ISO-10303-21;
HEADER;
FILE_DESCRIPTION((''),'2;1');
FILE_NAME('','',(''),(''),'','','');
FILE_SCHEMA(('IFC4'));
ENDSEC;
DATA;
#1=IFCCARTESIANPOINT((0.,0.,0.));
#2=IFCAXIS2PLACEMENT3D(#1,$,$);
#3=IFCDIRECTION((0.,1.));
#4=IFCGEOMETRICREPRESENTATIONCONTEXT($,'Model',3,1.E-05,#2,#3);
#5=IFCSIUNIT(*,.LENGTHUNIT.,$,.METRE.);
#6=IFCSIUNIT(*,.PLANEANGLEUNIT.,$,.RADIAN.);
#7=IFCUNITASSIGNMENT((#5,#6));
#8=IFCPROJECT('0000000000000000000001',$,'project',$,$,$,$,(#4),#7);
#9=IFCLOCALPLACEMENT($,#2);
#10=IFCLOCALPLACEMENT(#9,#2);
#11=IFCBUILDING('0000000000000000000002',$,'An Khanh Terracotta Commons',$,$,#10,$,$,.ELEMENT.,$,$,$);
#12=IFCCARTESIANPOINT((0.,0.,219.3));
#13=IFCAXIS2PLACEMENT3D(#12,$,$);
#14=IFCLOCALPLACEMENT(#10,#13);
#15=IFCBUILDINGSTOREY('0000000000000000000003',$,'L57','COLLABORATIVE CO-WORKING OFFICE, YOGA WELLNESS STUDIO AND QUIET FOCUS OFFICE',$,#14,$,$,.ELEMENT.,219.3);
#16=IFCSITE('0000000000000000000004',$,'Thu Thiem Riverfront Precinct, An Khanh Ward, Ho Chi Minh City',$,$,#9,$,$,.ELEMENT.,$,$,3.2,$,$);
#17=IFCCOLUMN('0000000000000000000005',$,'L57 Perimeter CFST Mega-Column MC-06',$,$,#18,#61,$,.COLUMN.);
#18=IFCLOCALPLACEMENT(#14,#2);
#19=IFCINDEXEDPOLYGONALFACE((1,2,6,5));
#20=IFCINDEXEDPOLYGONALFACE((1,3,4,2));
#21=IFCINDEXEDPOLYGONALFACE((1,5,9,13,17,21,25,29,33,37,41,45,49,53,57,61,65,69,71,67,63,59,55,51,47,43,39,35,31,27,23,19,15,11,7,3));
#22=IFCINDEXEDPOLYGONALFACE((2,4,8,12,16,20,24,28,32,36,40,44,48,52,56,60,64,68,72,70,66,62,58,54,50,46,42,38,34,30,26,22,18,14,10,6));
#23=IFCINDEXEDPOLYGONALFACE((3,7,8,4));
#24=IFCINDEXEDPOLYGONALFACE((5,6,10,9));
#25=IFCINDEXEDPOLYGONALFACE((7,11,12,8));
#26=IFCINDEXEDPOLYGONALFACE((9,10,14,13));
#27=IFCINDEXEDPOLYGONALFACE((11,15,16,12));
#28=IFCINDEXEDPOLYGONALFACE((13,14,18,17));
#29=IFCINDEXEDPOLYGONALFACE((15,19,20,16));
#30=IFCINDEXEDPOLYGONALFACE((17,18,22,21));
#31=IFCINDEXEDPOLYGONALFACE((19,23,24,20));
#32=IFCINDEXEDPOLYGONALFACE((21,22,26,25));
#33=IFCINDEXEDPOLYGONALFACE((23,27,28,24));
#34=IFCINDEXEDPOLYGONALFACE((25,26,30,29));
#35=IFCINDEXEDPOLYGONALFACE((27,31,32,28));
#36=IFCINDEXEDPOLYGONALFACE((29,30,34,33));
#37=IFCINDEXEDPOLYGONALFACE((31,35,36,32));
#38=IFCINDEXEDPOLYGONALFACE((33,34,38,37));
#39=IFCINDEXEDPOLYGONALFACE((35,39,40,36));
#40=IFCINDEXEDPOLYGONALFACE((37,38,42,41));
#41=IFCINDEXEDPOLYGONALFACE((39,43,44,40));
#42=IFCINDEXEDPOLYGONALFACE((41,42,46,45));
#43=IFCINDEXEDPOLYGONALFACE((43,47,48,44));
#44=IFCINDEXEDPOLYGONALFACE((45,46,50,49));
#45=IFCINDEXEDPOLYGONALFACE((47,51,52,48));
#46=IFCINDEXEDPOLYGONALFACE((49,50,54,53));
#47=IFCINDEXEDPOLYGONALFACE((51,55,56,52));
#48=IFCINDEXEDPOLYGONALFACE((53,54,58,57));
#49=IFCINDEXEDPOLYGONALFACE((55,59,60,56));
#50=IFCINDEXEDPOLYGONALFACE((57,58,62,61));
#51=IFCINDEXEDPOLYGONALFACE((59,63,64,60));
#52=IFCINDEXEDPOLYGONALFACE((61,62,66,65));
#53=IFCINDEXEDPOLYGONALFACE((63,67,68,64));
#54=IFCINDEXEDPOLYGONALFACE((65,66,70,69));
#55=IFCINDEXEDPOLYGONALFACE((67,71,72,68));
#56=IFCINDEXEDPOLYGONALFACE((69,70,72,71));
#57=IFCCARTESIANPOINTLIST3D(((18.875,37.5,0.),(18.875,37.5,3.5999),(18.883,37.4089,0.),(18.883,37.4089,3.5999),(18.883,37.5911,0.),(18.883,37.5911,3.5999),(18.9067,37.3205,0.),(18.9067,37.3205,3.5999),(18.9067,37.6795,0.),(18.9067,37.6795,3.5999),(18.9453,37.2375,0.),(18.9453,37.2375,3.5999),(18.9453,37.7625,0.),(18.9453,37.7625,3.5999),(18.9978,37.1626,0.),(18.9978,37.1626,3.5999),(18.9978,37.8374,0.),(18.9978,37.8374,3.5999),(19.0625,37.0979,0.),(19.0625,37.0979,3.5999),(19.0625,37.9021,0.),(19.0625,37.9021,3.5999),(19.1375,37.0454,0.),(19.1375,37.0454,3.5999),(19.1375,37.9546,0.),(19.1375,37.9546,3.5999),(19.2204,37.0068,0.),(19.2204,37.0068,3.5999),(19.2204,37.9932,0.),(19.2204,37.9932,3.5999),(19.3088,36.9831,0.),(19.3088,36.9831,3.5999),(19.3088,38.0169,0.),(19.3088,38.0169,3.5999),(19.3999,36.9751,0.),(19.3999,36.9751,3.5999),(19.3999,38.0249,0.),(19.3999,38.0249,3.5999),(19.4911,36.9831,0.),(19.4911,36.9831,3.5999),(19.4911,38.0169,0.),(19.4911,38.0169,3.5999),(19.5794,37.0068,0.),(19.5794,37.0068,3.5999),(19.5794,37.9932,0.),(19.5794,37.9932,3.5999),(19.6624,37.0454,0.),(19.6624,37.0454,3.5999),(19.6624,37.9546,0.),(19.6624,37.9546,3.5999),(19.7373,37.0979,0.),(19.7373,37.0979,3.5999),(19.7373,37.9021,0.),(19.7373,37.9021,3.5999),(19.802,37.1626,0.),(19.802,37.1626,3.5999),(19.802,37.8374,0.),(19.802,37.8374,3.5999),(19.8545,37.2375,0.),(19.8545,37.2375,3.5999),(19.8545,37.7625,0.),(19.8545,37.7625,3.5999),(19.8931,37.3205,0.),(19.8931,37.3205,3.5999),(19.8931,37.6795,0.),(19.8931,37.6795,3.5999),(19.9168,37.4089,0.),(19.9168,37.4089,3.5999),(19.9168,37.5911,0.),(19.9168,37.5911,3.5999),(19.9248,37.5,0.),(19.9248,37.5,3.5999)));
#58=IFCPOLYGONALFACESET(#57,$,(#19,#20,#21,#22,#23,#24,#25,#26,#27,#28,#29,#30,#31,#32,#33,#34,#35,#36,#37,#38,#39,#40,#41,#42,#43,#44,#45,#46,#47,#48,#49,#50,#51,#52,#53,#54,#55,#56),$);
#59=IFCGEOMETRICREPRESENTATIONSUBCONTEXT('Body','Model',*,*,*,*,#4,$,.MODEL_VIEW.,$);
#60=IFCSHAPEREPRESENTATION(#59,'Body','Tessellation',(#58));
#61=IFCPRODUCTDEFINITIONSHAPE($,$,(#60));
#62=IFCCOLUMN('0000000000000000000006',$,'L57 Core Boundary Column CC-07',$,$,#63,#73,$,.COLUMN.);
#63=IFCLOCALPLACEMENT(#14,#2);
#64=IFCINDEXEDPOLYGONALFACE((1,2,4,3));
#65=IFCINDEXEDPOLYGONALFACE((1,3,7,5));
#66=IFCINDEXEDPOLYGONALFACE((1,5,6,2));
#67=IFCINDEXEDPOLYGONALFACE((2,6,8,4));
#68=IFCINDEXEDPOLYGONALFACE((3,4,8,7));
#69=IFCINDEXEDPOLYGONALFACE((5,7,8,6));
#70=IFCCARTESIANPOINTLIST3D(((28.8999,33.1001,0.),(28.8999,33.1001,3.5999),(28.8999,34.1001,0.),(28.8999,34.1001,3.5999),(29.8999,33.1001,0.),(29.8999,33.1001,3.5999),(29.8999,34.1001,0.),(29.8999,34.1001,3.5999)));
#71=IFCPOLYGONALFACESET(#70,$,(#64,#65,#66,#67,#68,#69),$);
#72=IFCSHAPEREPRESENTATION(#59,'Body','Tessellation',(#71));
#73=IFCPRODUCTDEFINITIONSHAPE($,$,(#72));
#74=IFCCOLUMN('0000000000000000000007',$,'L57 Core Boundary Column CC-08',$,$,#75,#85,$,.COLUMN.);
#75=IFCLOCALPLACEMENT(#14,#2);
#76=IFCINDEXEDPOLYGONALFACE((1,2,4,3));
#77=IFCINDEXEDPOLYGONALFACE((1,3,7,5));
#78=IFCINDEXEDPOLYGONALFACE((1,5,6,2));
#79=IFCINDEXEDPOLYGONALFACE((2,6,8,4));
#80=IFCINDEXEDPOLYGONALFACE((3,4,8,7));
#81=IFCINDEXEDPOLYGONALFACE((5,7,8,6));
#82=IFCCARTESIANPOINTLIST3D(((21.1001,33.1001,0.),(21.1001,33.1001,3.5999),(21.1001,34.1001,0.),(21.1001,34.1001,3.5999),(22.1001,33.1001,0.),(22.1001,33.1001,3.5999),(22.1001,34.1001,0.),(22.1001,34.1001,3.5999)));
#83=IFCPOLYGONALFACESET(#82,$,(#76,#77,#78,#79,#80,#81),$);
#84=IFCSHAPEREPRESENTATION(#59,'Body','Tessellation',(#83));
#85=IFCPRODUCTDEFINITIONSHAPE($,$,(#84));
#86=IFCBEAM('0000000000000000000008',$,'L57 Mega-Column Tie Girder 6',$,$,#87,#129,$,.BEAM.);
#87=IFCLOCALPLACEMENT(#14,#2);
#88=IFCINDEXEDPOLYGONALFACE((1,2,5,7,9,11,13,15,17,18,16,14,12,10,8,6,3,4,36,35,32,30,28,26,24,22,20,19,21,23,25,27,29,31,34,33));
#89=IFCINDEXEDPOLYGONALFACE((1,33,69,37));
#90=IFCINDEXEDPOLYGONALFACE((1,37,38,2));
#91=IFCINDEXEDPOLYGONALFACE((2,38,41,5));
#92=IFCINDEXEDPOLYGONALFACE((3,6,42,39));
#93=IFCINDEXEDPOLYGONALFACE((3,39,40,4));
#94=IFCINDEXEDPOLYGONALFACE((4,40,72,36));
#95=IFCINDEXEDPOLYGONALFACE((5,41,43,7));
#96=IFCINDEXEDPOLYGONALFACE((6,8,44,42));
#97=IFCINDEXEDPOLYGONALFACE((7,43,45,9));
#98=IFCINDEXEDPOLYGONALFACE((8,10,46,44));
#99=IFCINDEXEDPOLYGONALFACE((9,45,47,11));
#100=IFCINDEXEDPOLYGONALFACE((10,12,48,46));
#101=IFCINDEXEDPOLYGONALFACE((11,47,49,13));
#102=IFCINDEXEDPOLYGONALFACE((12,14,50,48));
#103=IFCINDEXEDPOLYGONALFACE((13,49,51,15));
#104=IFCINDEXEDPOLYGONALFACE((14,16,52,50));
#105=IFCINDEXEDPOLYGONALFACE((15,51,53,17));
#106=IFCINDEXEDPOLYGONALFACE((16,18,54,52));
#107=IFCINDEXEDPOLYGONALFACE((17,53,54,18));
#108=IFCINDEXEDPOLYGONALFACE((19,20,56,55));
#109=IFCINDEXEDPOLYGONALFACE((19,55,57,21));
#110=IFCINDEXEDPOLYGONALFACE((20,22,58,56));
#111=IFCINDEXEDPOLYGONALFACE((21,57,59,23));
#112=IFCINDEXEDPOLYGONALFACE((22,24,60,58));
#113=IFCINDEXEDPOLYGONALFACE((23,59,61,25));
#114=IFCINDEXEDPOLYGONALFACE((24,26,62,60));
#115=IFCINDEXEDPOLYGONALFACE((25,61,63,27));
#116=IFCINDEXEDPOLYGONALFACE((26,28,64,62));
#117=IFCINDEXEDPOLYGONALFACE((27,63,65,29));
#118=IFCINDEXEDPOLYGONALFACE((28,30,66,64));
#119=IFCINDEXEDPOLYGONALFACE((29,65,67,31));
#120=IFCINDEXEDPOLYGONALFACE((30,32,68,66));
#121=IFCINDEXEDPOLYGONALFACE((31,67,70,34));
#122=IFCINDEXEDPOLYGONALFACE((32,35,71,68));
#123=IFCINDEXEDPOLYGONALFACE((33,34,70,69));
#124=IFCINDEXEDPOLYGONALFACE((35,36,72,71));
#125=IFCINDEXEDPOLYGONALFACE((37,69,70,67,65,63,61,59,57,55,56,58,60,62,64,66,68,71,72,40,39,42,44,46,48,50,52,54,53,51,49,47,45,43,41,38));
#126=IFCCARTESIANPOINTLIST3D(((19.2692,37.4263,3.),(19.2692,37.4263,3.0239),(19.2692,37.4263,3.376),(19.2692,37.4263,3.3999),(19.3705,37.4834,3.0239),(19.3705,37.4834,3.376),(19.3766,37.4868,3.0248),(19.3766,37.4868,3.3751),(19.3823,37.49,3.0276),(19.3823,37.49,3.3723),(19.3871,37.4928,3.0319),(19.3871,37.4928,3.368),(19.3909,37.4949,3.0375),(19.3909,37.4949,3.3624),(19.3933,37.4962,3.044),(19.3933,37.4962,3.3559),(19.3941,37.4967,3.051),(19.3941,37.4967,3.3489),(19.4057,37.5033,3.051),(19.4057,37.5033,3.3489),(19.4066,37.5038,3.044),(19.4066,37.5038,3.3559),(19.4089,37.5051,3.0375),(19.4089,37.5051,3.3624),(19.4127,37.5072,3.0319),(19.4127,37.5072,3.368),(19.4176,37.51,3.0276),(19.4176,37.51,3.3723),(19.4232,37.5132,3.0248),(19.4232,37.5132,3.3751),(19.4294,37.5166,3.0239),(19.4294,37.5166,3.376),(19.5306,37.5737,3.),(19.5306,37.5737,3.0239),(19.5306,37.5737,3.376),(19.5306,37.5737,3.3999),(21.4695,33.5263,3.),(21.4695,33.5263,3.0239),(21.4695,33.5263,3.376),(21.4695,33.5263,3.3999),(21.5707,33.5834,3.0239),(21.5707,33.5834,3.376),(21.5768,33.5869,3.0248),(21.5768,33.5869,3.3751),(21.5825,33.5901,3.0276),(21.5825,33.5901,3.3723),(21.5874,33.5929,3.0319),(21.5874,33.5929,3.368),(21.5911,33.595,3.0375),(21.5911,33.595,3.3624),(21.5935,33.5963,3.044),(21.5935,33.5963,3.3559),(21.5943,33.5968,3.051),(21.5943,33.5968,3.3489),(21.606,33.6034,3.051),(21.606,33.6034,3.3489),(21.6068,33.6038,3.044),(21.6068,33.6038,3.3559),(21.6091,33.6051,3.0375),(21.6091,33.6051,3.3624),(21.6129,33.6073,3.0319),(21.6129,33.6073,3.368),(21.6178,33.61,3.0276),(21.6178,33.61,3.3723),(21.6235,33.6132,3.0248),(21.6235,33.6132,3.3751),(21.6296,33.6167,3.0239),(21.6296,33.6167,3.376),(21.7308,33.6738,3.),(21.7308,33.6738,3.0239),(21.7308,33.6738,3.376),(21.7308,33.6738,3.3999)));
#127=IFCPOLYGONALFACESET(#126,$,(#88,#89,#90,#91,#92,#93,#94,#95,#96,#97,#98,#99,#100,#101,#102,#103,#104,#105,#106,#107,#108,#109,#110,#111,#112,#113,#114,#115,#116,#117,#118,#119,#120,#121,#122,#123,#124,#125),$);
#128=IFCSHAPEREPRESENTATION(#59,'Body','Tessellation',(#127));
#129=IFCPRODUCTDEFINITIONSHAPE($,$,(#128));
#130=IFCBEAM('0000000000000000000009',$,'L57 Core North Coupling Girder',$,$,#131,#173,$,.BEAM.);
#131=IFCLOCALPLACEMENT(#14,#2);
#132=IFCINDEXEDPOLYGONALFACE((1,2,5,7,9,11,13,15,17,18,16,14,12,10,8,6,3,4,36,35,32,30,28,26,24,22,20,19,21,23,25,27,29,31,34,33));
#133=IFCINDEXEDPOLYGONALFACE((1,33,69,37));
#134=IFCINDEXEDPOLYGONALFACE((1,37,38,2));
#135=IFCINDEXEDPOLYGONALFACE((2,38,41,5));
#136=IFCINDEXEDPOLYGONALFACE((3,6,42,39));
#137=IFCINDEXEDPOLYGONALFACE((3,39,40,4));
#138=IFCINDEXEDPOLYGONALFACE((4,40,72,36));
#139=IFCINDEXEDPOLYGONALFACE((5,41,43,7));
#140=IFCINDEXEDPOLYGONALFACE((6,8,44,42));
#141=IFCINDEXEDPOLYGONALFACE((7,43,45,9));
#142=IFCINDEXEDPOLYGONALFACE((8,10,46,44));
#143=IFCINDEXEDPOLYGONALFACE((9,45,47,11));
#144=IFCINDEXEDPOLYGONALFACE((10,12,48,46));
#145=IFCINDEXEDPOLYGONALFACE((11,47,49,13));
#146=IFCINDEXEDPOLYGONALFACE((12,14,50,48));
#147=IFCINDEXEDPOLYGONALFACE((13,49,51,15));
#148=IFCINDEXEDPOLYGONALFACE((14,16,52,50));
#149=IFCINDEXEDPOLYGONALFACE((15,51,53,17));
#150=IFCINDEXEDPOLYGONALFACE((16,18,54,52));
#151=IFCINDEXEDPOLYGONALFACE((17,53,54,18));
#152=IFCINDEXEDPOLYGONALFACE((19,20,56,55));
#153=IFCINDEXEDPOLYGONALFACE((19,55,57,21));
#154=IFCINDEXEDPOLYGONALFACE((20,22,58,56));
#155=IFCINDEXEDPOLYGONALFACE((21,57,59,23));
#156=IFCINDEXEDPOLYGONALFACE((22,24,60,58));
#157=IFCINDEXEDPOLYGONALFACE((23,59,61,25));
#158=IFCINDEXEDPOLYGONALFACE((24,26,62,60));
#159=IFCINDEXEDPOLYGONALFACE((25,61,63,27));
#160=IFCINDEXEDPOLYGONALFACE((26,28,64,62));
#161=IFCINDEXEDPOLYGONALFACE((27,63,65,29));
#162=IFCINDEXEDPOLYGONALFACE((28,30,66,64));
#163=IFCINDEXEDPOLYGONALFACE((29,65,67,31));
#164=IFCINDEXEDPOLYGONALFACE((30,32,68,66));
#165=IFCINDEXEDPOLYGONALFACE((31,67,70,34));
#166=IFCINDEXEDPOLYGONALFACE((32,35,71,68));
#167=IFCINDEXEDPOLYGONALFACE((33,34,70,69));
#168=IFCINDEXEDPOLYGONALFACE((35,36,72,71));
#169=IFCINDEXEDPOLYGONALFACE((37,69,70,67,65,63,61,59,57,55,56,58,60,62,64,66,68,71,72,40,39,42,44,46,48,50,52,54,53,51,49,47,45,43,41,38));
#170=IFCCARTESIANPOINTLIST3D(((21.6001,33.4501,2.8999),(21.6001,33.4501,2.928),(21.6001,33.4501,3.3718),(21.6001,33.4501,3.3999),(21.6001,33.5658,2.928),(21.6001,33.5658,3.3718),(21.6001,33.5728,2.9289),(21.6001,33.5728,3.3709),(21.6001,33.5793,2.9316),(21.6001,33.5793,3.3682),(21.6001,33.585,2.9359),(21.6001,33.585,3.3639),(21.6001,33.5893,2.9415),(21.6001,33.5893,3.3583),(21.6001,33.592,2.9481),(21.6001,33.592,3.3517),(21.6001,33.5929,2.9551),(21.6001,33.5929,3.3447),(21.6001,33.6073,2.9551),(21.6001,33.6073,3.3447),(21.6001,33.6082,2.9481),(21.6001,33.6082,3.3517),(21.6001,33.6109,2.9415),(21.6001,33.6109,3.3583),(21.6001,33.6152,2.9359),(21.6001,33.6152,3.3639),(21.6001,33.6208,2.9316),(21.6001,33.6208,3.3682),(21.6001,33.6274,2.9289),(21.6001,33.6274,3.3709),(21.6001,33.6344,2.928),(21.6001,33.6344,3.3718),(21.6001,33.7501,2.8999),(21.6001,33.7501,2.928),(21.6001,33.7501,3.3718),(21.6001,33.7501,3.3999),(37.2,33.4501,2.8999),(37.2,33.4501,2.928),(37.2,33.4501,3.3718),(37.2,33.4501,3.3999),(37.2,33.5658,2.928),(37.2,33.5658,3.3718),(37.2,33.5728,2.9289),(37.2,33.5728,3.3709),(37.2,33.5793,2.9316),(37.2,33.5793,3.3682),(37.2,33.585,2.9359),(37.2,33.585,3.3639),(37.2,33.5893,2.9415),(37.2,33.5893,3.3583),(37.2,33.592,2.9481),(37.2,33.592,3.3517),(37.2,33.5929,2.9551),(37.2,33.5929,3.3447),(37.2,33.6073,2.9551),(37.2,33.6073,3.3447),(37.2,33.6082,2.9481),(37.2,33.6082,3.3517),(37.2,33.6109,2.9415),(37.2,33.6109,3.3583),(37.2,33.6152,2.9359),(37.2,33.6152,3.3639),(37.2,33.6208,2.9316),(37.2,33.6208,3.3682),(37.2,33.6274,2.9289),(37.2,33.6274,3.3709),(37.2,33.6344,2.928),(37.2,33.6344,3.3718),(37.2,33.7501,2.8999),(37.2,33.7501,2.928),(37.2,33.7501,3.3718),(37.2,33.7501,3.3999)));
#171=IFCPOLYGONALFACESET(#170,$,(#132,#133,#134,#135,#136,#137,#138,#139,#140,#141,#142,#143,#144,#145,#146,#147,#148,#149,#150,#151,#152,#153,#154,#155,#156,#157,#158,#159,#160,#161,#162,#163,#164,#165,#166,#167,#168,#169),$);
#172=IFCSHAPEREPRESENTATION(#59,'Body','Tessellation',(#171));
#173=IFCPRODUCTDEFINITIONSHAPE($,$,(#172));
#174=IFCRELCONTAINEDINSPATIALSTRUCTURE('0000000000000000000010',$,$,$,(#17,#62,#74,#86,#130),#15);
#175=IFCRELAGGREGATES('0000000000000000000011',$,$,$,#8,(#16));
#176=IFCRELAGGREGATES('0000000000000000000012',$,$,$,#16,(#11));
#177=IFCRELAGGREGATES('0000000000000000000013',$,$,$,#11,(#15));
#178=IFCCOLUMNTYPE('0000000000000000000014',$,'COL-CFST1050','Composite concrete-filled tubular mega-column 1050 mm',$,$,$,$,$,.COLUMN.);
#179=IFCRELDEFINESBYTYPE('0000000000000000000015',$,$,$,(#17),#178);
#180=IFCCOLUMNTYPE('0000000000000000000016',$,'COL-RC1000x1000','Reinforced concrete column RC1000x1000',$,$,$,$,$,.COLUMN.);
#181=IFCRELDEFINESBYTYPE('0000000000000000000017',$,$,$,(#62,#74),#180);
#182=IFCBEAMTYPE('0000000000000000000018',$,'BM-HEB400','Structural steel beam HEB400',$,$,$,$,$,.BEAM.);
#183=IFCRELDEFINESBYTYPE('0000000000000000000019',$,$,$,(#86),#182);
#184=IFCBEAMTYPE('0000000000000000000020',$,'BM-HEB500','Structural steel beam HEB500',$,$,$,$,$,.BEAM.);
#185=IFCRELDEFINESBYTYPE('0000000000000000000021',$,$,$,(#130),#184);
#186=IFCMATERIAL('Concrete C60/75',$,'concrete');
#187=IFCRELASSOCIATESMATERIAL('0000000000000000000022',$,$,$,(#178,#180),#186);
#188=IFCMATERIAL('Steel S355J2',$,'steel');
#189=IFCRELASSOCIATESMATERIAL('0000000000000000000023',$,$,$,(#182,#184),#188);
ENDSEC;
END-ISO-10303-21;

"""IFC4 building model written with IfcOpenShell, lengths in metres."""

from ifc_helpers import new_model, si_unit, direction, frame, origin, origin_2d, place, context, subcontext, project, spatial, rectangle, circle, i_section, extrude, material, material_profile, profile_set, type_object, element, save


model = new_model("IFC4")

# Units and contexts
model_context = context("Model", 3, precision=1e-05, world=origin(), true_north=direction((0.0, 1.0)))
body_context = subcontext(model_context, "Body", "Model", "MODEL_VIEW")
ifc_project = project(units=[si_unit("LENGTHUNIT", "METRE"), si_unit("PLANEANGLEUNIT", "RADIAN")], contexts=[model_context])

# Site, building, storey
site_placement = place(None, origin())
site = spatial("IfcSite", under=ifc_project, at=site_placement, Name="Thu Thiem Riverfront Precinct, An Khanh Ward, Ho Chi Minh City", CompositionType="ELEMENT", RefElevation=3.2)
building_placement = place(site_placement, origin())
building = spatial("IfcBuilding", under=site, at=building_placement, Name="An Khanh Terracotta Commons", CompositionType="ELEMENT")
storey_placement = place(building_placement, frame((0.0, 0.0, 219.3)))
storey = spatial("IfcBuildingStorey", under=building, at=storey_placement, Name="L57", Description="COLLABORATIVE CO-WORKING OFFICE, YOGA WELLNESS STUDIO AND QUIET FOCUS OFFICE", CompositionType="ELEMENT", Elevation=219.3)

# Columns
ifc_material_1 = material(Name="Concrete C60/75", Category="concrete")
ifc_material_profile_1 = material_profile(ifc_material_1, circle(Radius=0.5249, at=origin_2d()), Name="CFST1050")
ifc_profile_set_1 = profile_set([ifc_material_profile_1], Name="Concrete C60/75")
column_type_1 = type_object("IfcColumnType", Name="COL-CFST1050", Description="Composite concrete-filled tubular mega-column 1050 mm", PredefinedType="COLUMN", material=ifc_profile_set_1)
column_placement = place(storey_placement, frame((19.3999, 37.5, 0.0), z_axis=(0.0, 0.0, 1.0), x_axis=(1.0, 0.0, 0.0)))
element("IfcColumn", 1, at=column_placement, inside=storey, type_object=column_type_1, Name="L57 Perimeter CFST Mega-Column MC-06", PredefinedType="COLUMN", context=body_context, shape_type="SweptSolid", body=[
    extrude(circle(Radius=0.5249, at=origin_2d()), origin(), (0.0, 0.0, 1.0), 3.5999),
])
ifc_material_profile_2 = material_profile(ifc_material_1, rectangle(XDim=1.0, YDim=1.0, at=origin_2d()), Name="RC1000x1000")
ifc_profile_set_2 = profile_set([ifc_material_profile_2], Name="Concrete C60/75")
column_type_2 = type_object("IfcColumnType", Name="COL-RC1000x1000", Description="Reinforced concrete column RC1000x1000", PredefinedType="COLUMN", material=ifc_profile_set_2)
for number, where, z_axis, x_axis, name in (
    (2, (29.3999, 33.6001, 0.0), (0.0, 0.0, 1.0), (1.0, 0.0, 0.0), "L57 Core Boundary Column CC-07"),
    (3, (21.6001, 33.6001, 0.0), (0.0, 0.0, 1.0), (1.0, 0.0, 0.0), "L57 Core Boundary Column CC-08"),
):
    element("IfcColumn", number, at=place(storey_placement, frame(where, z_axis=z_axis, x_axis=x_axis)), inside=storey, type_object=column_type_2, Name=name, PredefinedType="COLUMN", context=body_context, shape_type="SweptSolid", body=[
        extrude(rectangle(XDim=1.0, YDim=1.0, at=origin_2d()), origin(), (0.0, 0.0, 1.0), 3.5999),
    ])

# Beams
ifc_material_2 = material(Name="Steel S355J2", Category="steel")
ifc_material_profile_3 = material_profile(ifc_material_2, i_section(OverallWidth=0.3, OverallDepth=0.3999, WebThickness=0.0134, FlangeThickness=0.0239, FilletRadius=0.0271, at=origin_2d()), Name="HEB400")
ifc_profile_set_3 = profile_set([ifc_material_profile_3], Name="Steel S355J2")
beam_type_1 = type_object("IfcBeamType", Name="BM-HEB400", Description="Structural steel beam HEB400", PredefinedType="BEAM", material=ifc_profile_set_3)
beam_1_placement = place(storey_placement, frame((19.3999, 37.5, 3.2), z_axis=(0.491364, -0.870955, 0.0), x_axis=(0.870955, 0.491364, 0.0)))
element("IfcBeam", 4, at=beam_1_placement, inside=storey, type_object=beam_type_1, Name="L57 Mega-Column Tie Girder 6", PredefinedType="BEAM", context=body_context, shape_type="SweptSolid", body=[
    extrude(i_section(OverallWidth=0.3, OverallDepth=0.3999, WebThickness=0.0134, FlangeThickness=0.0239, FilletRadius=0.0271, at=origin_2d()), origin(), (0.0, 0.0, 1.0), 4.4778),
])
ifc_material_profile_4 = material_profile(ifc_material_2, i_section(OverallWidth=0.3, OverallDepth=0.5, WebThickness=0.0144, FlangeThickness=0.0281, FilletRadius=0.0271, at=origin_2d()), Name="HEB500")
ifc_profile_set_4 = profile_set([ifc_material_profile_4], Name="Steel S355J2")
beam_type_2 = type_object("IfcBeamType", Name="BM-HEB500", Description="Structural steel beam HEB500", PredefinedType="BEAM", material=ifc_profile_set_4)
beam_2_placement = place(storey_placement, frame((21.6001, 33.6001, 3.1499), z_axis=(1.0, 0.0, 0.0), x_axis=(0.0, 1.0, 0.0)))
element("IfcBeam", 5, at=beam_2_placement, inside=storey, type_object=beam_type_2, Name="L57 Core North Coupling Girder", PredefinedType="BEAM", context=body_context, shape_type="SweptSolid", body=[
    extrude(i_section(OverallWidth=0.3, OverallDepth=0.5, WebThickness=0.0144, FlangeThickness=0.0281, FilletRadius=0.0271, at=origin_2d()), origin(), (0.0, 0.0, 1.0), 15.5999),
])

save(model, "model.ifc")
